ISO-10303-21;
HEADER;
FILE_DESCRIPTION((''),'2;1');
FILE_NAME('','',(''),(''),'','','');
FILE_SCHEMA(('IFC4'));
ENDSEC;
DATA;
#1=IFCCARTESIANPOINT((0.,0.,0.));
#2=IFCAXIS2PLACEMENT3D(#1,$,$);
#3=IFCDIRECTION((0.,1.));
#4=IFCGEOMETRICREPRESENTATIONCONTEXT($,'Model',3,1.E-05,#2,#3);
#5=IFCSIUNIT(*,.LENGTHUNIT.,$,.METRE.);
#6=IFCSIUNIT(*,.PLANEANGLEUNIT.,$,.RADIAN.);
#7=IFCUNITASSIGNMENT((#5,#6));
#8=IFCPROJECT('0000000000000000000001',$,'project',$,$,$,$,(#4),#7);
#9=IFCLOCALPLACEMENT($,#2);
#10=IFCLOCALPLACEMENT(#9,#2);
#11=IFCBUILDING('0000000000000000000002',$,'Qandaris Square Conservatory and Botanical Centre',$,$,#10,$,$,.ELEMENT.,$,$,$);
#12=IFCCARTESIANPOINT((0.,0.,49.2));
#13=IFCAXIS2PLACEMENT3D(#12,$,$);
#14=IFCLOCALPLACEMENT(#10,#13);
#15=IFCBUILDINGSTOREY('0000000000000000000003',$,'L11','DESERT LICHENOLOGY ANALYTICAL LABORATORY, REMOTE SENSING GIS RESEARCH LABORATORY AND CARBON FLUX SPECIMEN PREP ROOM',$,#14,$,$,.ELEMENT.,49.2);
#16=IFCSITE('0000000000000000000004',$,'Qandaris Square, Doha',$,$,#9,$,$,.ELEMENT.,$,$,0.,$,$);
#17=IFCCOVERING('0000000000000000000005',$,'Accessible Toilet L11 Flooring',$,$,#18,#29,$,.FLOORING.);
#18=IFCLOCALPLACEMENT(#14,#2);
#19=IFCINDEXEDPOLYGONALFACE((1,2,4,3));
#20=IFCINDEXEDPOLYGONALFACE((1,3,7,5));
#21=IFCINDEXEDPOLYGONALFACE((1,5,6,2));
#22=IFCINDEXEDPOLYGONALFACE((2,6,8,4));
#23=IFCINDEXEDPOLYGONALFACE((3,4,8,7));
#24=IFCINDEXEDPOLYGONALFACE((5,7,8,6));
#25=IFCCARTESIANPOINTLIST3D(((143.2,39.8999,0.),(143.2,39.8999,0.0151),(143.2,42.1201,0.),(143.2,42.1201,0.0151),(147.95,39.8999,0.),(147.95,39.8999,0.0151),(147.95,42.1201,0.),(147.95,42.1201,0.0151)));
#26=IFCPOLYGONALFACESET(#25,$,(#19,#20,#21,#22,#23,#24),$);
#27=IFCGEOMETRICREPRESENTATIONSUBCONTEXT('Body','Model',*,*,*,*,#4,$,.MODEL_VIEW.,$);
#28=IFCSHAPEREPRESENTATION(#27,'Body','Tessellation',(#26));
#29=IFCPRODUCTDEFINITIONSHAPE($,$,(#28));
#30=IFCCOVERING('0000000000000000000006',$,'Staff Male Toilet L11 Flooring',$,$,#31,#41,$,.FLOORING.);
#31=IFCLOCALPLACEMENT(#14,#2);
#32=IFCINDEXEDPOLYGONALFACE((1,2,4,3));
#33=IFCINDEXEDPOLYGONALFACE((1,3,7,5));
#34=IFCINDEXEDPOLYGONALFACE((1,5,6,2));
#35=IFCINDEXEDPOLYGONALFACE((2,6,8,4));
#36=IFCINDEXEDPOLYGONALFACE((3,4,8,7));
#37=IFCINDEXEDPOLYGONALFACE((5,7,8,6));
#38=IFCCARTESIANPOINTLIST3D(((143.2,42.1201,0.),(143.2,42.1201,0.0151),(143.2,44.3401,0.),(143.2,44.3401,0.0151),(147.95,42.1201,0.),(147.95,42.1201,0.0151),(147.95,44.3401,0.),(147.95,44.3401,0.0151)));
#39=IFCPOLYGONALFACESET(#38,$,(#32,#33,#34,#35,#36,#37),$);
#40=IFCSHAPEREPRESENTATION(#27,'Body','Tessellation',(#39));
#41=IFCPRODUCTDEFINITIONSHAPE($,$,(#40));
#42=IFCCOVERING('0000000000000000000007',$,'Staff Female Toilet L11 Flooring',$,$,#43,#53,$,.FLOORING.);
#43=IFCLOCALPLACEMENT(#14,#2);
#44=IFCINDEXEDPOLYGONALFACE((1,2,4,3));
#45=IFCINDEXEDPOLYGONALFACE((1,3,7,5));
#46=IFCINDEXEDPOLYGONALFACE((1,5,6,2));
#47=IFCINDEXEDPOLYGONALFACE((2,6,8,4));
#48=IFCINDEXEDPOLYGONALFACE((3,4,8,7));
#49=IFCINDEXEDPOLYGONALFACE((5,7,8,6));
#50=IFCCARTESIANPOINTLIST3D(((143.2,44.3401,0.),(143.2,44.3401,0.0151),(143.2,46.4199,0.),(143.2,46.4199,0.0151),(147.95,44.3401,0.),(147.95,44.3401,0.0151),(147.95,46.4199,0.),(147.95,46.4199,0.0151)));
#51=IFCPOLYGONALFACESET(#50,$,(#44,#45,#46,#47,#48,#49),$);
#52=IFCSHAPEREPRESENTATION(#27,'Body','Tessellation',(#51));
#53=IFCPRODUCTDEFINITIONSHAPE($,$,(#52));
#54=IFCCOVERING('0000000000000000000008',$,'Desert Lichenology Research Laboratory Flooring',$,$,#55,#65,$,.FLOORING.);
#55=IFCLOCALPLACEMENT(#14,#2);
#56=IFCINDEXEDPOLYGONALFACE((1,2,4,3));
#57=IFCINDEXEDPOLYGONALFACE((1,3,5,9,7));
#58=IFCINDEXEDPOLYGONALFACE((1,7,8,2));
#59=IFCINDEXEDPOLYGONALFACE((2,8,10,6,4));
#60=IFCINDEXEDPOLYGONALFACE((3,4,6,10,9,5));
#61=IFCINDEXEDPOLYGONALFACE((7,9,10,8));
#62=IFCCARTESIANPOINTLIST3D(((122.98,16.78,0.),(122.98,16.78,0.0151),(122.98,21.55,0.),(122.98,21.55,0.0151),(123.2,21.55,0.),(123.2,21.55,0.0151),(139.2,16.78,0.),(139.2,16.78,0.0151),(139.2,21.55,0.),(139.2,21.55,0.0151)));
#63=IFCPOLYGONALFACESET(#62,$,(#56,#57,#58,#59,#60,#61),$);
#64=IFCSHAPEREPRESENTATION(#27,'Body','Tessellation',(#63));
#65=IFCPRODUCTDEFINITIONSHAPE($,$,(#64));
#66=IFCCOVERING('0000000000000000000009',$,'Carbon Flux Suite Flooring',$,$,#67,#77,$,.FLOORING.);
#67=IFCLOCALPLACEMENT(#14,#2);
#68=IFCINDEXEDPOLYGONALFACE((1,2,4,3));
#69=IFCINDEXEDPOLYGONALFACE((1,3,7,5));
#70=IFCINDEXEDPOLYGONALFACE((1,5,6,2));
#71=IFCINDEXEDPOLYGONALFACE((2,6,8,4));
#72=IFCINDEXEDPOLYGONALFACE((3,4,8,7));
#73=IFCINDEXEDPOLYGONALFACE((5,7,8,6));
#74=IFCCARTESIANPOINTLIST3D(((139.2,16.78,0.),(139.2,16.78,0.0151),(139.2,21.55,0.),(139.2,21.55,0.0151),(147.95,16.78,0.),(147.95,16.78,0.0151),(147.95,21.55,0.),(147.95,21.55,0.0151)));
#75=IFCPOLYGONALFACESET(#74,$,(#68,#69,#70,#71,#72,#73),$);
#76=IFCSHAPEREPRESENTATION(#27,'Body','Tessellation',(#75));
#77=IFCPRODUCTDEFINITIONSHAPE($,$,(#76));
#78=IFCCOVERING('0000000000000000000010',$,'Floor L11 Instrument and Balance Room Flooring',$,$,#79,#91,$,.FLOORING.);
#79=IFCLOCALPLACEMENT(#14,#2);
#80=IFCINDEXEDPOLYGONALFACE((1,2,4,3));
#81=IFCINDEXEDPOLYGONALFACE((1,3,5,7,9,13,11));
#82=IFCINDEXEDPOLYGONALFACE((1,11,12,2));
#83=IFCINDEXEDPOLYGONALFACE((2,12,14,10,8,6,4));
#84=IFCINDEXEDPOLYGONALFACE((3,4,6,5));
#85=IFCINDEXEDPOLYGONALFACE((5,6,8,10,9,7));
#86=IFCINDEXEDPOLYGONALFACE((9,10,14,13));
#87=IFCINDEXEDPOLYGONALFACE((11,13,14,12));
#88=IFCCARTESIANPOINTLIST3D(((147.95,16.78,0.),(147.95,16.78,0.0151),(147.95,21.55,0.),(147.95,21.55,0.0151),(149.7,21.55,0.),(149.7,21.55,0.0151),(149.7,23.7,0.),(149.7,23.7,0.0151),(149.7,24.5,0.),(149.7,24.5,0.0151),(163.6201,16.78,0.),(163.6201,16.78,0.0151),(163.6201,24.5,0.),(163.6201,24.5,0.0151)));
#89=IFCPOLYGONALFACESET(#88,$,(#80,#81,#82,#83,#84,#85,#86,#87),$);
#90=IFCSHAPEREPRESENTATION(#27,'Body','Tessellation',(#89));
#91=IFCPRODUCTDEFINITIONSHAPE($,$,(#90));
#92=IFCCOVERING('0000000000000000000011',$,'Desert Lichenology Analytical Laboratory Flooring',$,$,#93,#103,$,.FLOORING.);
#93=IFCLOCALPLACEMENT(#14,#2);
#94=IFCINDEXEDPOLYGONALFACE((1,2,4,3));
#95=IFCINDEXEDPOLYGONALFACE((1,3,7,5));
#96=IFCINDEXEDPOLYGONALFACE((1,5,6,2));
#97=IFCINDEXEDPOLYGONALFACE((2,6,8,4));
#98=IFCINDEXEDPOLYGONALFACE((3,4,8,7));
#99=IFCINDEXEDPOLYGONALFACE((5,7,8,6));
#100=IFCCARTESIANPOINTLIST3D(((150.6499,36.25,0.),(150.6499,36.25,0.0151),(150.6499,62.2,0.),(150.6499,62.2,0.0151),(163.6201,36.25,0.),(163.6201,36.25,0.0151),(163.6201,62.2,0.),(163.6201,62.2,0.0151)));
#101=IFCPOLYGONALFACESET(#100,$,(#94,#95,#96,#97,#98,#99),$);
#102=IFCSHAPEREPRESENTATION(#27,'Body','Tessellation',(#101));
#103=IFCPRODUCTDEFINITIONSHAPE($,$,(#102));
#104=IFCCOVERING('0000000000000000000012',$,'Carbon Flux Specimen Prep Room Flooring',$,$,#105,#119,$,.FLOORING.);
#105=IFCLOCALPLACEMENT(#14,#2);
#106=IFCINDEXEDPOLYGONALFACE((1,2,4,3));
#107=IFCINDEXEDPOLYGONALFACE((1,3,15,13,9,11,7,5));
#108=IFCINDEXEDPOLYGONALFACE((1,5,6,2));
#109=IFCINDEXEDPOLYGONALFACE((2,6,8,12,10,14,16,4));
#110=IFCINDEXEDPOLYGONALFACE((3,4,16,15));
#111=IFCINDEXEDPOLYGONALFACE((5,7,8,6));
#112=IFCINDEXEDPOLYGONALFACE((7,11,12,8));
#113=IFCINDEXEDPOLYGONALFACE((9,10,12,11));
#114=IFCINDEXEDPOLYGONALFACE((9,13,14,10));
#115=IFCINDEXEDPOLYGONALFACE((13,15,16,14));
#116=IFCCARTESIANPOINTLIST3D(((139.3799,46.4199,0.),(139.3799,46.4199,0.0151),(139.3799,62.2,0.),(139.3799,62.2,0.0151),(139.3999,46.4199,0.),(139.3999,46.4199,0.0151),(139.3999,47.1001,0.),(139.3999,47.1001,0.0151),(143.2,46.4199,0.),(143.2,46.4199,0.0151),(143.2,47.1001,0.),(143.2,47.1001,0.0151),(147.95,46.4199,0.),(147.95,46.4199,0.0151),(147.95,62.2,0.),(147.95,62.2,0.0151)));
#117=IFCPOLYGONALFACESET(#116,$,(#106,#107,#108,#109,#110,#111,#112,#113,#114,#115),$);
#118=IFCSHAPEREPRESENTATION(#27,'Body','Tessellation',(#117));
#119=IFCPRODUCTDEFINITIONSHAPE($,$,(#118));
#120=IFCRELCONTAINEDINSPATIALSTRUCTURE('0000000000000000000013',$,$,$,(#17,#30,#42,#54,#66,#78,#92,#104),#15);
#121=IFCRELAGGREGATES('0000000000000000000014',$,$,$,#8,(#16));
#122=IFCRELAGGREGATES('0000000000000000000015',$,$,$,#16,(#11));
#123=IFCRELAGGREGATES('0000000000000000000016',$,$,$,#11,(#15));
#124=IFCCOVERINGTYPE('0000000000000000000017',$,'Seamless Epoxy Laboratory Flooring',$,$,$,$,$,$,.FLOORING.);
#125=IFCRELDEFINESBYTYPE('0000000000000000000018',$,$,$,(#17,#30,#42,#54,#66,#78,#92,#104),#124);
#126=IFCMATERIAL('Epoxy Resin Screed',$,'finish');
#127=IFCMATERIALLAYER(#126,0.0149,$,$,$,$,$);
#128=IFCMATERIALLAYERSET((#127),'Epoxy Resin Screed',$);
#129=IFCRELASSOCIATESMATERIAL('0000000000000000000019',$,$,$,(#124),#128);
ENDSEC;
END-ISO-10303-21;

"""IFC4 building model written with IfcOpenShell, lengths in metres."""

from ifc_helpers import new_model, si_unit, direction, frame, origin, place, context, subcontext, project, spatial, polyline, outline, extrude, material, layer, layer_set, type_object, element, save


model = new_model("IFC4")

# Units and contexts
model_context = context("Model", 3, precision=1e-05, world=origin(), true_north=direction((0.0, 1.0)))
body_context = subcontext(model_context, "Body", "Model", "MODEL_VIEW")
ifc_project = project(units=[si_unit("LENGTHUNIT", "METRE"), si_unit("PLANEANGLEUNIT", "RADIAN")], contexts=[model_context])

# Site, building, storey
site_placement = place(None, origin())
site = spatial("IfcSite", under=ifc_project, at=site_placement, Name="Qandaris Square, Doha", CompositionType="ELEMENT", RefElevation=0.0)
building_placement = place(site_placement, origin())
building = spatial("IfcBuilding", under=site, at=building_placement, Name="Qandaris Square Conservatory and Botanical Centre", CompositionType="ELEMENT")
storey_placement = place(building_placement, frame((0.0, 0.0, 49.2)))
storey = spatial("IfcBuildingStorey", under=building, at=storey_placement, Name="L11", Description="DESERT LICHENOLOGY ANALYTICAL LABORATORY, REMOTE SENSING GIS RESEARCH LABORATORY AND CARBON FLUX SPECIMEN PREP ROOM", CompositionType="ELEMENT", Elevation=49.2)

# Coverings
ifc_material_1 = material(Name="Epoxy Resin Screed", Category="finish")
ifc_layer_1 = layer(ifc_material_1, 0.0149)
ifc_layer_set_1 = layer_set([ifc_layer_1], Name="Epoxy Resin Screed")
covering_type_1 = type_object("IfcCoveringType", Name="Seamless Epoxy Laboratory Flooring", PredefinedType="FLOORING", material=ifc_layer_set_1)
covering_1_placement = place(storey_placement, origin())
element("IfcCovering", 1, at=covering_1_placement, inside=storey, type_object=covering_type_1, Name="Accessible Toilet L11 Flooring", PredefinedType="FLOORING", context=body_context, shape_type="SweptSolid", body=[
    extrude(outline(polyline([(147.95, 42.1201), (147.95, 39.8999), (143.2, 39.8999), (143.2, 42.1201), (147.95, 42.1201)])), origin(), (0.0, 0.0, 1.0), 0.0151),
])
covering_2_placement = place(storey_placement, origin())
element("IfcCovering", 2, at=covering_2_placement, inside=storey, type_object=covering_type_1, Name="Staff Male Toilet L11 Flooring", PredefinedType="FLOORING", context=body_context, shape_type="SweptSolid", body=[
    extrude(outline(polyline([(147.95, 44.3401), (147.95, 42.1201), (143.2, 42.1201), (143.2, 44.3401), (147.95, 44.3401)])), origin(), (0.0, 0.0, 1.0), 0.0151),
])
covering_3_placement = place(storey_placement, origin())
element("IfcCovering", 3, at=covering_3_placement, inside=storey, type_object=covering_type_1, Name="Staff Female Toilet L11 Flooring", PredefinedType="FLOORING", context=body_context, shape_type="SweptSolid", body=[
    extrude(outline(polyline([(147.95, 46.4199), (147.95, 44.3401), (143.2, 44.3401), (143.2, 46.4199), (147.95, 46.4199)])), origin(), (0.0, 0.0, 1.0), 0.0151),
])
covering_4_placement = place(storey_placement, origin())
element("IfcCovering", 4, at=covering_4_placement, inside=storey, type_object=covering_type_1, Name="Desert Lichenology Research Laboratory Flooring", PredefinedType="FLOORING", context=body_context, shape_type="SweptSolid", body=[
    extrude(outline(polyline([(123.2, 21.55), (139.2, 21.55), (139.2, 16.78), (122.98, 16.78), (122.98, 21.55), (123.2, 21.55)])), origin(), (0.0, 0.0, 1.0), 0.0151),
])
covering_5_placement = place(storey_placement, origin())
element("IfcCovering", 5, at=covering_5_placement, inside=storey, type_object=covering_type_1, Name="Carbon Flux Suite Flooring", PredefinedType="FLOORING", context=body_context, shape_type="SweptSolid", body=[
    extrude(outline(polyline([(147.95, 21.55), (147.95, 16.78), (139.2, 16.78), (139.2, 21.55), (147.95, 21.55)])), origin(), (0.0, 0.0, 1.0), 0.0151),
])
covering_6_placement = place(storey_placement, origin())
element("IfcCovering", 6, at=covering_6_placement, inside=storey, type_object=covering_type_1, Name="Floor L11 Instrument and Balance Room Flooring", PredefinedType="FLOORING", context=body_context, shape_type="SweptSolid", body=[
    extrude(outline(polyline([(147.95, 21.55), (149.7, 21.55), (149.7, 23.7), (149.7, 24.5), (163.6201, 24.5), (163.6201, 16.78), (147.95, 16.78), (147.95, 21.55)])), origin(), (0.0, 0.0, 1.0), 0.0151),
])
covering_7_placement = place(storey_placement, origin())
element("IfcCovering", 7, at=covering_7_placement, inside=storey, type_object=covering_type_1, Name="Desert Lichenology Analytical Laboratory Flooring", PredefinedType="FLOORING", context=body_context, shape_type="SweptSolid", body=[
    extrude(outline(polyline([(150.6499, 62.2), (163.6201, 62.2), (163.6201, 36.25), (150.6499, 36.25), (150.6499, 62.2)])), origin(), (0.0, 0.0, 1.0), 0.0151),
])
covering_8_placement = place(storey_placement, origin())
element("IfcCovering", 8, at=covering_8_placement, inside=storey, type_object=covering_type_1, Name="Carbon Flux Specimen Prep Room Flooring", PredefinedType="FLOORING", context=body_context, shape_type="SweptSolid", body=[
    extrude(outline(polyline([(147.95, 46.4199), (143.2, 46.4199), (143.2, 47.1001), (139.3999, 47.1001), (139.3999, 46.4199), (139.3799, 46.4199), (139.3799, 62.2), (147.95, 62.2), (147.95, 46.4199)])), origin(), (0.0, 0.0, 1.0), 0.0151),
])

save(model, "model.ifc")
